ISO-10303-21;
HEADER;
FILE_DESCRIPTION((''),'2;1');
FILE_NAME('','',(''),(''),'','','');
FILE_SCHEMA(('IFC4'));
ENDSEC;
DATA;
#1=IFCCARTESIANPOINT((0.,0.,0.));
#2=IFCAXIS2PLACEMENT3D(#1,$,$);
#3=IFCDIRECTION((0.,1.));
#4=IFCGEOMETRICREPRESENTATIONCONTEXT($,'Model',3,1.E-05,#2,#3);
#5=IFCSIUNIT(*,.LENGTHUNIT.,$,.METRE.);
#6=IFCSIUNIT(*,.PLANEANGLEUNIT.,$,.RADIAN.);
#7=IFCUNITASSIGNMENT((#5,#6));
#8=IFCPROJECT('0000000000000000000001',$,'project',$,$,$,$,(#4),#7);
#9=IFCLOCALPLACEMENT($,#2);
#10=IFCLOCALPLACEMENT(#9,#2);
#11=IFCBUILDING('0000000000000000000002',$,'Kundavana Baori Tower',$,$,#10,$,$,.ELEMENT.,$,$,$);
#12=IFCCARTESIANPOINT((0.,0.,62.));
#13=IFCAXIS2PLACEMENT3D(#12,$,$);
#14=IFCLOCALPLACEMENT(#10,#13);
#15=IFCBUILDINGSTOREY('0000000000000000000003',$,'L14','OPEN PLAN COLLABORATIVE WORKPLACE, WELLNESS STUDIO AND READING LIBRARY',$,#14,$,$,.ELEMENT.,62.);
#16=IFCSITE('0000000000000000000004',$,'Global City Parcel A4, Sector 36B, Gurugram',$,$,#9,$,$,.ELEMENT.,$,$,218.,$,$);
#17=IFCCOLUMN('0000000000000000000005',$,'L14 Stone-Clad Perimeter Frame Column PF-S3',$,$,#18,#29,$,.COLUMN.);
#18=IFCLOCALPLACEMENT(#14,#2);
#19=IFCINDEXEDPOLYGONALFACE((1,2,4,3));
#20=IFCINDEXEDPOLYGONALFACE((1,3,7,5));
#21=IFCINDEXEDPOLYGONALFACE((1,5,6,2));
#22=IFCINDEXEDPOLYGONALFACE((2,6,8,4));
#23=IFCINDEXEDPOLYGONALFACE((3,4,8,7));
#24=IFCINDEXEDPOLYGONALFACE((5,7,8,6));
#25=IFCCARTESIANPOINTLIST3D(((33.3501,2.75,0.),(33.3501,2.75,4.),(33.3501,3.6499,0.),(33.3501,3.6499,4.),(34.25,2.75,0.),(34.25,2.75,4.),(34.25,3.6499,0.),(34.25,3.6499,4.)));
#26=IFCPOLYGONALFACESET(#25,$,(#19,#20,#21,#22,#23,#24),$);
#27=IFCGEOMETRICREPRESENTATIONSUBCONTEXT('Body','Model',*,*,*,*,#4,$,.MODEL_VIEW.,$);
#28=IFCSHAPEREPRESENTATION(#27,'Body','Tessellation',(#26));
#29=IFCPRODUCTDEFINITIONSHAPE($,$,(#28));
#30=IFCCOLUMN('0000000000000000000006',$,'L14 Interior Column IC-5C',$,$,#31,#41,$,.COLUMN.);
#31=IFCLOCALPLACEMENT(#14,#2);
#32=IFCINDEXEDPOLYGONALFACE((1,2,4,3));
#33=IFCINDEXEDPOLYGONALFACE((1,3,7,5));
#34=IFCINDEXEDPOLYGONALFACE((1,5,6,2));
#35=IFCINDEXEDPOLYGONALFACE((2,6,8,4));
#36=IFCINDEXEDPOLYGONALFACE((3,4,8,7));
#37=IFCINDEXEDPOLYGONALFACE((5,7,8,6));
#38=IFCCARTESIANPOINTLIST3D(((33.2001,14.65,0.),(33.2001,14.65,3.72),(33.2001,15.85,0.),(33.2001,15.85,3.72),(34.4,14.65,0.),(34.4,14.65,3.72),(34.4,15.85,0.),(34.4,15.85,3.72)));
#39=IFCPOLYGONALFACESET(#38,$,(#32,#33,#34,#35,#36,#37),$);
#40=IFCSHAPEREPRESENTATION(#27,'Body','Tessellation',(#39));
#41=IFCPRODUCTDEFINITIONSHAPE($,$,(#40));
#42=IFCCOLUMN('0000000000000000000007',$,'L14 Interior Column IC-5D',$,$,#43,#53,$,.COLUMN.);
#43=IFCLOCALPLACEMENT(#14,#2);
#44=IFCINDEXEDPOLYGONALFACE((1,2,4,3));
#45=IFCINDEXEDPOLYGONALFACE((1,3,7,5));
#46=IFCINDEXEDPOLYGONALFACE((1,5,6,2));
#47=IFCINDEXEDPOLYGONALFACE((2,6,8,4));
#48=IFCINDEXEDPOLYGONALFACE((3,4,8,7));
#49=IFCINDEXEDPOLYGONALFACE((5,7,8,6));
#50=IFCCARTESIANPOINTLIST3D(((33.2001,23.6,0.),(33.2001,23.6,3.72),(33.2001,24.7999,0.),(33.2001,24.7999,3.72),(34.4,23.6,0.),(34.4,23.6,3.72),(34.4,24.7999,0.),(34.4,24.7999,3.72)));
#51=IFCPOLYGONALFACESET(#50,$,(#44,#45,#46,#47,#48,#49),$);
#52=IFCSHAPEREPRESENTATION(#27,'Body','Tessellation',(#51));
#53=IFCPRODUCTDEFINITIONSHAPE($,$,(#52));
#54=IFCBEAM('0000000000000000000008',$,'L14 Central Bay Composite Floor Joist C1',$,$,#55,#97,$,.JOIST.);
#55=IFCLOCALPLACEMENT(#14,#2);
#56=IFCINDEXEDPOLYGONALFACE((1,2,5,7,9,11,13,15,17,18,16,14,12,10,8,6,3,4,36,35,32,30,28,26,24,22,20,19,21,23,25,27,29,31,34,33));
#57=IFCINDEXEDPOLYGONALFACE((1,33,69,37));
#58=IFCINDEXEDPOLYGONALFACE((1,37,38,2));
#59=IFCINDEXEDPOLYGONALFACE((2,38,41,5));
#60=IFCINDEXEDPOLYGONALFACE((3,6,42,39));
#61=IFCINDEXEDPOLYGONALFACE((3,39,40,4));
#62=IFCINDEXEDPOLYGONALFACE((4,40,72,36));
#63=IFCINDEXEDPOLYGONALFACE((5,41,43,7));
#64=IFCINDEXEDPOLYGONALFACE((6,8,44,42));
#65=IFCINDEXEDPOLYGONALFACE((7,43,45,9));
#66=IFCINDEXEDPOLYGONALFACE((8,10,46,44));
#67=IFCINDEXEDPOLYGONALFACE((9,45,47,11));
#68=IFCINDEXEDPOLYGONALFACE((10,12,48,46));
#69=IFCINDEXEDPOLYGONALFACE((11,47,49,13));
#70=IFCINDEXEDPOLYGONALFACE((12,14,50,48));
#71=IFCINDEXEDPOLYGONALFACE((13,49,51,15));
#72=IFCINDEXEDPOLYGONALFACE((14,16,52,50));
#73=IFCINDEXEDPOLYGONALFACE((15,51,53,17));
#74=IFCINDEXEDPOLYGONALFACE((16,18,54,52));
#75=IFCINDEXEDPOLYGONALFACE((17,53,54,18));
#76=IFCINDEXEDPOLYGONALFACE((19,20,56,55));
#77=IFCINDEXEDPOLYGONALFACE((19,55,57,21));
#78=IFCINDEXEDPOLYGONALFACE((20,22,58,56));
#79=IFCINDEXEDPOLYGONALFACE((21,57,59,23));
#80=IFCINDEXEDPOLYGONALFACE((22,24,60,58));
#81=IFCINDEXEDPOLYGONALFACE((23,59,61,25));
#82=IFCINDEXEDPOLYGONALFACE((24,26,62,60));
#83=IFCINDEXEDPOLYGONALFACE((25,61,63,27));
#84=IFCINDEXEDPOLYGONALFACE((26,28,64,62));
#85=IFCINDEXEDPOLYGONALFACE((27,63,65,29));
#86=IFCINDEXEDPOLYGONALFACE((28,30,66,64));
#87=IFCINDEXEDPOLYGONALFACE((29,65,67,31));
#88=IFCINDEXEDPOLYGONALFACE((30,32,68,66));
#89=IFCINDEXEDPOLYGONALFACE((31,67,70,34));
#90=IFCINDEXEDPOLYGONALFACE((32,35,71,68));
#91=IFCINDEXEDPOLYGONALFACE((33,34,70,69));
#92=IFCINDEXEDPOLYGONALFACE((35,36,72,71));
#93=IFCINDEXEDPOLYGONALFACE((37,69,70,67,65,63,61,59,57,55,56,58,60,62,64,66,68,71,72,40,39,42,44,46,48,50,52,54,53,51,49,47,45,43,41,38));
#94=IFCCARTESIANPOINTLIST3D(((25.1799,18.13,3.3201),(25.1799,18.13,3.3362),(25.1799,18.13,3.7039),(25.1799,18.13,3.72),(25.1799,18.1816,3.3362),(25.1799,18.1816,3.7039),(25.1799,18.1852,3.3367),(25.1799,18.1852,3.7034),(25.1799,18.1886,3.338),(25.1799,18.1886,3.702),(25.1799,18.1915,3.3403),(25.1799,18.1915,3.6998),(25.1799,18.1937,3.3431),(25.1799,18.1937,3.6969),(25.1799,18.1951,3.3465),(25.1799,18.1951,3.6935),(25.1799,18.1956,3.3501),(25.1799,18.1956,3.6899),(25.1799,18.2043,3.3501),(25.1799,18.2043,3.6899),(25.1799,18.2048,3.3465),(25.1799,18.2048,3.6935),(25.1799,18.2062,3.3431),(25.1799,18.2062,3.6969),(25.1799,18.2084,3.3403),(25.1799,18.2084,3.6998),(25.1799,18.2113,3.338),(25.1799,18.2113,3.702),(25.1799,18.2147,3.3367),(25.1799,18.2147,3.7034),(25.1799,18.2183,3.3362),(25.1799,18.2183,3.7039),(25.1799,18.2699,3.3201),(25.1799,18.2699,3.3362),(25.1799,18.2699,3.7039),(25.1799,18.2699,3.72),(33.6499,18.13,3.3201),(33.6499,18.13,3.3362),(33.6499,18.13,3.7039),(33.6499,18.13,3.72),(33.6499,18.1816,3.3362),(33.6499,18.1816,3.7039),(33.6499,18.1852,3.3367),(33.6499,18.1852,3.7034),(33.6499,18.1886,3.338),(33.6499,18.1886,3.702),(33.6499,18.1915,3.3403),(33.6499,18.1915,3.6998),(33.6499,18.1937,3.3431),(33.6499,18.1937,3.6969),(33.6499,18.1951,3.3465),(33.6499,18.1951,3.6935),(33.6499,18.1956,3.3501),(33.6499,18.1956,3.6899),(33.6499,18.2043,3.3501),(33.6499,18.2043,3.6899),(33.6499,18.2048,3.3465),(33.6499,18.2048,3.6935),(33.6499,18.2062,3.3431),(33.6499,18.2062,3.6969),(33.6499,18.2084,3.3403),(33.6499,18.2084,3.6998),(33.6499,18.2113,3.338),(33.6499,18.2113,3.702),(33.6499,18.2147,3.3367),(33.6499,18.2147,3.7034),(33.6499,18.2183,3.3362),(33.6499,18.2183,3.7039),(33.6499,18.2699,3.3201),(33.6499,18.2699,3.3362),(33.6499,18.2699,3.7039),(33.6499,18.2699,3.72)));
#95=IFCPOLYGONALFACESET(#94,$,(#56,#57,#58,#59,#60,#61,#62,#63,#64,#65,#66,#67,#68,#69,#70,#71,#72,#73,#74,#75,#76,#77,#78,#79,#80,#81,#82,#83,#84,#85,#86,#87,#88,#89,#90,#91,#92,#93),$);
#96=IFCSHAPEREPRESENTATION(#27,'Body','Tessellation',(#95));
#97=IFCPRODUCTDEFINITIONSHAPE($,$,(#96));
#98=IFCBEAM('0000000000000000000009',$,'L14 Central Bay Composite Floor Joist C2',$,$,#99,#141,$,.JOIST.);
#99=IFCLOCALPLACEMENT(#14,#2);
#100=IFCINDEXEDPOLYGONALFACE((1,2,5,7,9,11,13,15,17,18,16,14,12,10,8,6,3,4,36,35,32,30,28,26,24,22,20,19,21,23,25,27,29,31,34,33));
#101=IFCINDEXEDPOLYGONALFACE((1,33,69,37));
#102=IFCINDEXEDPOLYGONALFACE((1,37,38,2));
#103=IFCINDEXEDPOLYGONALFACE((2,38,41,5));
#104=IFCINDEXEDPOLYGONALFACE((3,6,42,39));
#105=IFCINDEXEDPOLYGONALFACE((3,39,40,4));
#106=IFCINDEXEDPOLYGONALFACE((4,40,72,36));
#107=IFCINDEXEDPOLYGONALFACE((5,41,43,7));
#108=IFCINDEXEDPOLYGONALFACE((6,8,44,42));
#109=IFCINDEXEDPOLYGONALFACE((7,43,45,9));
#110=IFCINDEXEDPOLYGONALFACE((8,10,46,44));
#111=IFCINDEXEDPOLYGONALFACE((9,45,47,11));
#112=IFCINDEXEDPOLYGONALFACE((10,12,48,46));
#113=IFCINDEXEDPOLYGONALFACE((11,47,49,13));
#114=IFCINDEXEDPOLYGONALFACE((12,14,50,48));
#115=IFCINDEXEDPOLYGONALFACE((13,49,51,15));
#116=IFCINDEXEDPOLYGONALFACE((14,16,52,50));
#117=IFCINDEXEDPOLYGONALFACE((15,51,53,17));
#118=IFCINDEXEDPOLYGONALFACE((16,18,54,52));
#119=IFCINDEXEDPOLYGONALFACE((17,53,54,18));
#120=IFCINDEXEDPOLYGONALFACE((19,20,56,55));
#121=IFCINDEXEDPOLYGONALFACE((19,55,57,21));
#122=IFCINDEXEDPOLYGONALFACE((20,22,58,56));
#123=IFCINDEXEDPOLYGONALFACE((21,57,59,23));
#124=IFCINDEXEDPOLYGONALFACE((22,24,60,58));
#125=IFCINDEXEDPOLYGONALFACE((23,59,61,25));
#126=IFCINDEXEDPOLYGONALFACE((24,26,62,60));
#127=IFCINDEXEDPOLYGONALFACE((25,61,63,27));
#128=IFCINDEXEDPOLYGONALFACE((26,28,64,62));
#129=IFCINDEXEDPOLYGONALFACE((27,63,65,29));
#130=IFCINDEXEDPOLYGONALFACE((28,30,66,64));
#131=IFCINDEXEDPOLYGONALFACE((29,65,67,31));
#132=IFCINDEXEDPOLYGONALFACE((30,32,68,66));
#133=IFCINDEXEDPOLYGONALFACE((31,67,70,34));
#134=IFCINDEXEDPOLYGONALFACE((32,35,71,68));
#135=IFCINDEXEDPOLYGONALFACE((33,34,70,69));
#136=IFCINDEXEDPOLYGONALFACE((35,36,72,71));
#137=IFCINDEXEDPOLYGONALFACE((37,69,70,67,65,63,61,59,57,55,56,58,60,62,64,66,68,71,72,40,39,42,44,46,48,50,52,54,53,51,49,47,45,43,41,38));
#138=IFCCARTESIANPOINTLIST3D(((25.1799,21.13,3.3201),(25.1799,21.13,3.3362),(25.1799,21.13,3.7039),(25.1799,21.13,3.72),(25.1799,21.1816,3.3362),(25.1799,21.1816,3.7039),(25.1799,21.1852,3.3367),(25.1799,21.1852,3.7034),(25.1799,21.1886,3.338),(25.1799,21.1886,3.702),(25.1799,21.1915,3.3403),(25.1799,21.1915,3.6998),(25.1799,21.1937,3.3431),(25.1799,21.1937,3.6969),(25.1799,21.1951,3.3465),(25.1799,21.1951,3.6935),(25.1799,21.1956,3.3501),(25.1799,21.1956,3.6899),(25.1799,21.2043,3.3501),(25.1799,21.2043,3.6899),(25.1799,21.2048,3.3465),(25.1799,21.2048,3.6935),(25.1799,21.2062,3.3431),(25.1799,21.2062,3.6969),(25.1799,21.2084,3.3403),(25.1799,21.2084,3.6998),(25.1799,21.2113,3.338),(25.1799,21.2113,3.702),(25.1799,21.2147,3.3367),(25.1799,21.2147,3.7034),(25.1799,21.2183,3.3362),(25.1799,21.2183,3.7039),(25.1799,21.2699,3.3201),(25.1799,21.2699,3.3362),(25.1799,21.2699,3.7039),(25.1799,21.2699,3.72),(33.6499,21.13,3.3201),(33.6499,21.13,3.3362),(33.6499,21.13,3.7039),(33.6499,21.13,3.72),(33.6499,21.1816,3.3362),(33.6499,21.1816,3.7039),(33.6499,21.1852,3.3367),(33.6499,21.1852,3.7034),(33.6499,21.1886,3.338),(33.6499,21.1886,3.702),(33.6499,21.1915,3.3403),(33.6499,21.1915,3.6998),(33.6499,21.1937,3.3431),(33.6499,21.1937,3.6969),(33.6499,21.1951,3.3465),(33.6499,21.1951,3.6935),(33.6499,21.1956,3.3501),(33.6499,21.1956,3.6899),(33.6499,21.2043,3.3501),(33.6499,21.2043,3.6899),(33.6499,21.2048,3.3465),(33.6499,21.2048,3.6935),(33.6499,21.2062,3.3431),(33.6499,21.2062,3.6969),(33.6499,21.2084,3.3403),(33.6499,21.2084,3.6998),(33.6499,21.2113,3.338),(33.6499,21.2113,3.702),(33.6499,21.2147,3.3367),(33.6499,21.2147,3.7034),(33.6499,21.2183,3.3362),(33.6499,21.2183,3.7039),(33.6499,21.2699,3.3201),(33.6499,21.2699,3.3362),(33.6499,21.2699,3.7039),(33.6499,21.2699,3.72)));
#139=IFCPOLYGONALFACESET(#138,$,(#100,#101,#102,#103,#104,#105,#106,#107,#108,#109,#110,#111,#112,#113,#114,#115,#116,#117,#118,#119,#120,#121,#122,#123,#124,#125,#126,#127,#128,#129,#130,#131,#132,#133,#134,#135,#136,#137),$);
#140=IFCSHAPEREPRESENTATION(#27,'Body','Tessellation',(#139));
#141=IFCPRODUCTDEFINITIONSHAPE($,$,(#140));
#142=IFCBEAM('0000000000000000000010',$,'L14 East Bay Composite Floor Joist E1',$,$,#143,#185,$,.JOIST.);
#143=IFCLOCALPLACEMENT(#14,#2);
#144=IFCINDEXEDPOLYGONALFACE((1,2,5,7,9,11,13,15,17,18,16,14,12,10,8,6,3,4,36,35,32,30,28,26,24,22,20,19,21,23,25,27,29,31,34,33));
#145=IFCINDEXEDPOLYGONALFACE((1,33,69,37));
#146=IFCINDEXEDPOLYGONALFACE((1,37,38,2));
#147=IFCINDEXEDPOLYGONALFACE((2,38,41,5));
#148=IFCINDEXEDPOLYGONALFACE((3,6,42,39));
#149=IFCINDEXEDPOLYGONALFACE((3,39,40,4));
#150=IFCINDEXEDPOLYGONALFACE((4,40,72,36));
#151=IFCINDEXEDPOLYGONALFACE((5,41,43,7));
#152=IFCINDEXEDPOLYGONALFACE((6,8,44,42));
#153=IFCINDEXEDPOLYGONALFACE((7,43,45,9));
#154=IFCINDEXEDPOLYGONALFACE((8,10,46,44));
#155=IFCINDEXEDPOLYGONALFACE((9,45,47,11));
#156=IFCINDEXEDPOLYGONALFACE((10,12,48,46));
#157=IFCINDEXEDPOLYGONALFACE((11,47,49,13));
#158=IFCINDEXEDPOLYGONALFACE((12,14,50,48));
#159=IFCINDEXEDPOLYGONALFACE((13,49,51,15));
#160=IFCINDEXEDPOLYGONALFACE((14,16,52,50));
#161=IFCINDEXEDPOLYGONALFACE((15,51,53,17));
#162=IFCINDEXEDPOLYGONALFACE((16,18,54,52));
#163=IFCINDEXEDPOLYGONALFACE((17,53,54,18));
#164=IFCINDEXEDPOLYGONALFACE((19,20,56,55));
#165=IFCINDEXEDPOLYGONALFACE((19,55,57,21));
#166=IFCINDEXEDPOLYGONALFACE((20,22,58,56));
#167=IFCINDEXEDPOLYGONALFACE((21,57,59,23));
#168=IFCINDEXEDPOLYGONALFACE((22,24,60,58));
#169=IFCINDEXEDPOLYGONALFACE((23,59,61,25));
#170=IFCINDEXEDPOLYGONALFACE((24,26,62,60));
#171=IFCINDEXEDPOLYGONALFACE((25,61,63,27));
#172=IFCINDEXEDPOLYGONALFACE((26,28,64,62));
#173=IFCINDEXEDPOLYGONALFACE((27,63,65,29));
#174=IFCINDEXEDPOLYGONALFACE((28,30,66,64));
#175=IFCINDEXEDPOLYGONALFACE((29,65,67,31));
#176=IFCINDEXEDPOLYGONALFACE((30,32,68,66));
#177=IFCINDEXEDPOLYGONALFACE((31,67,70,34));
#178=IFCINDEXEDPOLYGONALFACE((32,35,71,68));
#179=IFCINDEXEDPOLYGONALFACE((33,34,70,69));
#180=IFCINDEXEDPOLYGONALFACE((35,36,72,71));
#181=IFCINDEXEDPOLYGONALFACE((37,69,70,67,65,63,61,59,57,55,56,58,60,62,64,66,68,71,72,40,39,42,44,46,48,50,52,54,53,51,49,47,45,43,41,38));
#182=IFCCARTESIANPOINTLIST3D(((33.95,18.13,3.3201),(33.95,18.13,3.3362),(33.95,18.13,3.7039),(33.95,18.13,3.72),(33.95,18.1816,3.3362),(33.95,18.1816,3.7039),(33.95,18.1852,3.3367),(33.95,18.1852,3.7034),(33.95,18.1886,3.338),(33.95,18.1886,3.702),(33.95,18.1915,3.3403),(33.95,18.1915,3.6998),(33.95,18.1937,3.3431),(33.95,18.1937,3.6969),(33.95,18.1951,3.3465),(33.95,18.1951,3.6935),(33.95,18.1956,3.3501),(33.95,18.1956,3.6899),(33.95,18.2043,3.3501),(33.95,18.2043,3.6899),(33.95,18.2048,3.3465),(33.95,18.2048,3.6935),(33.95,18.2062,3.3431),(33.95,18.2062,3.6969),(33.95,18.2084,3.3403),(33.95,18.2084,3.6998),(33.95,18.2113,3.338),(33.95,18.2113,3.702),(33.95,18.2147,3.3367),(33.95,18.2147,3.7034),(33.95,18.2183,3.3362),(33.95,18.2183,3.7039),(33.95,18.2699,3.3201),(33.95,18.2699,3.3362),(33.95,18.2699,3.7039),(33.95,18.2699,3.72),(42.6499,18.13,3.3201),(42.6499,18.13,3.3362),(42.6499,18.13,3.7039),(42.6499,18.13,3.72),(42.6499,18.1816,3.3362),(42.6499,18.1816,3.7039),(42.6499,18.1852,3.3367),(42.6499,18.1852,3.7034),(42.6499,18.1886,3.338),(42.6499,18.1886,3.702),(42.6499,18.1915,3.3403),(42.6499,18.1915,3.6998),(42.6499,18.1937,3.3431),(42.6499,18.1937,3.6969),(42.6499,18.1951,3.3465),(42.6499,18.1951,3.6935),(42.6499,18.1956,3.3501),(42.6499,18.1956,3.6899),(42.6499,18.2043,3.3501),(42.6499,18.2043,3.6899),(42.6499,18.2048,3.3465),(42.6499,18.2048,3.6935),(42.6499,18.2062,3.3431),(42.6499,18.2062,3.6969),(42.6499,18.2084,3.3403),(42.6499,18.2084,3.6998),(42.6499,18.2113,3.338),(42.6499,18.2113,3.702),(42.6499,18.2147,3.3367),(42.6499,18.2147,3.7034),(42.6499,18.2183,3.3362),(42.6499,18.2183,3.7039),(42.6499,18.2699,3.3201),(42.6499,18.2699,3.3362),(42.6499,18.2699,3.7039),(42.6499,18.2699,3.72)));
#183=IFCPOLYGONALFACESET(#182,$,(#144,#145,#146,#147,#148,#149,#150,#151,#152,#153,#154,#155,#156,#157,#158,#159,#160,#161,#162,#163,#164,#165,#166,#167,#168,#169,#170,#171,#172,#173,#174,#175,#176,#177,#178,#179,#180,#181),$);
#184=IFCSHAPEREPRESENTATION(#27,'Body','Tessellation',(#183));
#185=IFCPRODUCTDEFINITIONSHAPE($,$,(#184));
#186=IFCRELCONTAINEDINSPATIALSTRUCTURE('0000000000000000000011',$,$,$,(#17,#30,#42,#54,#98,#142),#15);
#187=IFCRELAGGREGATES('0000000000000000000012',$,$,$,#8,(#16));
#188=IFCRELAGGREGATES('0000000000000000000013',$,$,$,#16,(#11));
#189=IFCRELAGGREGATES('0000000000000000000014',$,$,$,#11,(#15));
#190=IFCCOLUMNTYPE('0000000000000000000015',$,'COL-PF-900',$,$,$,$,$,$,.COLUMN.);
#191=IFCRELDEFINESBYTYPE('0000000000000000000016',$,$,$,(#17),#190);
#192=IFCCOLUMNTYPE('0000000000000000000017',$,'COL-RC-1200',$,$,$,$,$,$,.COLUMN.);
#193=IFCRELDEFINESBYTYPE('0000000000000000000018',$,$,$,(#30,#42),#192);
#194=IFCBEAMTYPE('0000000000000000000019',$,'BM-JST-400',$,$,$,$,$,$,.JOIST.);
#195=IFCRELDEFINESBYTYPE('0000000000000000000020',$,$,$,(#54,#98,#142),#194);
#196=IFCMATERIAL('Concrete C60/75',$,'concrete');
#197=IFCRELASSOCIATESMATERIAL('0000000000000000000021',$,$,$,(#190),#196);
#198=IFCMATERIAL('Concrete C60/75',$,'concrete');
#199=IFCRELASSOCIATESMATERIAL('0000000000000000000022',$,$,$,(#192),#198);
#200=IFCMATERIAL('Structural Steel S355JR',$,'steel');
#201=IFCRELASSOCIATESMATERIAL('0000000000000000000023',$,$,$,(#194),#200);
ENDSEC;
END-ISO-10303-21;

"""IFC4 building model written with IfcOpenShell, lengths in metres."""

from ifc_helpers import new_model, si_unit, direction, frame, origin, origin_2d, place, context, subcontext, project, spatial, rectangle, i_section, extrude, material, material_profile, profile_set, type_object, element, save


model = new_model("IFC4")

# Units and contexts
model_context = context("Model", 3, precision=1e-05, world=origin(), true_north=direction((0.0, 1.0)))
body_context = subcontext(model_context, "Body", "Model", "MODEL_VIEW")
ifc_project = project(units=[si_unit("LENGTHUNIT", "METRE"), si_unit("PLANEANGLEUNIT", "RADIAN")], contexts=[model_context])

# Site, building, storey
site_placement = place(None, origin())
site = spatial("IfcSite", under=ifc_project, at=site_placement, Name="Global City Parcel A4, Sector 36B, Gurugram", CompositionType="ELEMENT", RefElevation=218.0)
building_placement = place(site_placement, origin())
building = spatial("IfcBuilding", under=site, at=building_placement, Name="Kundavana Baori Tower", CompositionType="ELEMENT")
storey_placement = place(building_placement, frame((0.0, 0.0, 62.0)))
storey = spatial("IfcBuildingStorey", under=building, at=storey_placement, Name="L14", Description="OPEN PLAN COLLABORATIVE WORKPLACE, WELLNESS STUDIO AND READING LIBRARY", CompositionType="ELEMENT", Elevation=62.0)

# Columns
ifc_material_1 = material(Name="Concrete C60/75", Category="concrete")
ifc_material_profile_1 = material_profile(ifc_material_1, rectangle(XDim=0.8999, YDim=0.8999, at=origin_2d()), Name="RC PF 900x900")
ifc_profile_set_1 = profile_set([ifc_material_profile_1], Name="Concrete C60/75")
column_type_1 = type_object("IfcColumnType", Name="COL-PF-900", PredefinedType="COLUMN", material=ifc_profile_set_1)
column_placement = place(storey_placement, frame((33.8, 3.2, 0.0), z_axis=(0.0, 0.0, 1.0), x_axis=(1.0, 0.0, 0.0)))
element("IfcColumn", 1, at=column_placement, inside=storey, type_object=column_type_1, Name="L14 Stone-Clad Perimeter Frame Column PF-S3", PredefinedType="COLUMN", context=body_context, shape_type="SweptSolid", body=[
    extrude(rectangle(XDim=0.8999, YDim=0.8999, at=origin_2d()), origin(), (0.0, 0.0, 1.0), 4.0),
])
ifc_material_2 = material(Name="Concrete C60/75", Category="concrete")
ifc_material_profile_2 = material_profile(ifc_material_2, rectangle(XDim=1.2, YDim=1.2, at=origin_2d()), Name="RC 1200x1200")
ifc_profile_set_2 = profile_set([ifc_material_profile_2], Name="Concrete C60/75")
column_type_2 = type_object("IfcColumnType", Name="COL-RC-1200", PredefinedType="COLUMN", material=ifc_profile_set_2)
for number, where, z_axis, x_axis, name in (
    (2, (33.8, 15.25, 0.0), (0.0, 0.0, 1.0), (1.0, 0.0, 0.0), "L14 Interior Column IC-5C"),
    (3, (33.8, 24.2, 0.0), (0.0, 0.0, 1.0), (1.0, 0.0, 0.0), "L14 Interior Column IC-5D"),
):
    element("IfcColumn", number, at=place(storey_placement, frame(where, z_axis=z_axis, x_axis=x_axis)), inside=storey, type_object=column_type_2, Name=name, PredefinedType="COLUMN", context=body_context, shape_type="SweptSolid", body=[
        extrude(rectangle(XDim=1.2, YDim=1.2, at=origin_2d()), origin(), (0.0, 0.0, 1.0), 3.72),
    ])

# Beams
ifc_material_3 = material(Name="Structural Steel S355JR", Category="steel")
ifc_material_profile_3 = material_profile(ifc_material_3, i_section(OverallWidth=0.1399, OverallDepth=0.3999, WebThickness=0.0088, FlangeThickness=0.0161, FilletRadius=0.0139, at=origin_2d()), Name="ISMB 400")
ifc_profile_set_3 = profile_set([ifc_material_profile_3], Name="Structural Steel S355JR")
beam_type_1 = type_object("IfcBeamType", Name="BM-JST-400", PredefinedType="JOIST", material=ifc_profile_set_3)
for number, where, z_axis, x_axis, name in (
    (4, (25.1799, 18.2, 3.52), (1.0, 0.0, 0.0), (0.0, 1.0, 0.0), "L14 Central Bay Composite Floor Joist C1"),
    (5, (25.1799, 21.2, 3.52), (1.0, 0.0, 0.0), (0.0, 1.0, 0.0), "L14 Central Bay Composite Floor Joist C2"),
):
    element("IfcBeam", number, at=place(storey_placement, frame(where, z_axis=z_axis, x_axis=x_axis)), inside=storey, type_object=beam_type_1, Name=name, PredefinedType="JOIST", context=body_context, shape_type="SweptSolid", body=[
        extrude(i_section(OverallWidth=0.1399, OverallDepth=0.3999, WebThickness=0.0088, FlangeThickness=0.0161, FilletRadius=0.0139, at=origin_2d()), origin(), (0.0, 0.0, 1.0), 8.47),
    ])
for number, where, z_axis, x_axis, name in (
    (6, (33.95, 18.2, 3.52), (1.0, 0.0, 0.0), (0.0, 1.0, 0.0), "L14 East Bay Composite Floor Joist E1"),
):
    element("IfcBeam", number, at=place(storey_placement, frame(where, z_axis=z_axis, x_axis=x_axis)), inside=storey, type_object=beam_type_1, Name=name, PredefinedType="JOIST", context=body_context, shape_type="SweptSolid", body=[
        extrude(i_section(OverallWidth=0.1399, OverallDepth=0.3999, WebThickness=0.0088, FlangeThickness=0.0161, FilletRadius=0.0139, at=origin_2d()), origin(), (0.0, 0.0, 1.0), 8.7),
    ])

save(model, "model.ifc")
